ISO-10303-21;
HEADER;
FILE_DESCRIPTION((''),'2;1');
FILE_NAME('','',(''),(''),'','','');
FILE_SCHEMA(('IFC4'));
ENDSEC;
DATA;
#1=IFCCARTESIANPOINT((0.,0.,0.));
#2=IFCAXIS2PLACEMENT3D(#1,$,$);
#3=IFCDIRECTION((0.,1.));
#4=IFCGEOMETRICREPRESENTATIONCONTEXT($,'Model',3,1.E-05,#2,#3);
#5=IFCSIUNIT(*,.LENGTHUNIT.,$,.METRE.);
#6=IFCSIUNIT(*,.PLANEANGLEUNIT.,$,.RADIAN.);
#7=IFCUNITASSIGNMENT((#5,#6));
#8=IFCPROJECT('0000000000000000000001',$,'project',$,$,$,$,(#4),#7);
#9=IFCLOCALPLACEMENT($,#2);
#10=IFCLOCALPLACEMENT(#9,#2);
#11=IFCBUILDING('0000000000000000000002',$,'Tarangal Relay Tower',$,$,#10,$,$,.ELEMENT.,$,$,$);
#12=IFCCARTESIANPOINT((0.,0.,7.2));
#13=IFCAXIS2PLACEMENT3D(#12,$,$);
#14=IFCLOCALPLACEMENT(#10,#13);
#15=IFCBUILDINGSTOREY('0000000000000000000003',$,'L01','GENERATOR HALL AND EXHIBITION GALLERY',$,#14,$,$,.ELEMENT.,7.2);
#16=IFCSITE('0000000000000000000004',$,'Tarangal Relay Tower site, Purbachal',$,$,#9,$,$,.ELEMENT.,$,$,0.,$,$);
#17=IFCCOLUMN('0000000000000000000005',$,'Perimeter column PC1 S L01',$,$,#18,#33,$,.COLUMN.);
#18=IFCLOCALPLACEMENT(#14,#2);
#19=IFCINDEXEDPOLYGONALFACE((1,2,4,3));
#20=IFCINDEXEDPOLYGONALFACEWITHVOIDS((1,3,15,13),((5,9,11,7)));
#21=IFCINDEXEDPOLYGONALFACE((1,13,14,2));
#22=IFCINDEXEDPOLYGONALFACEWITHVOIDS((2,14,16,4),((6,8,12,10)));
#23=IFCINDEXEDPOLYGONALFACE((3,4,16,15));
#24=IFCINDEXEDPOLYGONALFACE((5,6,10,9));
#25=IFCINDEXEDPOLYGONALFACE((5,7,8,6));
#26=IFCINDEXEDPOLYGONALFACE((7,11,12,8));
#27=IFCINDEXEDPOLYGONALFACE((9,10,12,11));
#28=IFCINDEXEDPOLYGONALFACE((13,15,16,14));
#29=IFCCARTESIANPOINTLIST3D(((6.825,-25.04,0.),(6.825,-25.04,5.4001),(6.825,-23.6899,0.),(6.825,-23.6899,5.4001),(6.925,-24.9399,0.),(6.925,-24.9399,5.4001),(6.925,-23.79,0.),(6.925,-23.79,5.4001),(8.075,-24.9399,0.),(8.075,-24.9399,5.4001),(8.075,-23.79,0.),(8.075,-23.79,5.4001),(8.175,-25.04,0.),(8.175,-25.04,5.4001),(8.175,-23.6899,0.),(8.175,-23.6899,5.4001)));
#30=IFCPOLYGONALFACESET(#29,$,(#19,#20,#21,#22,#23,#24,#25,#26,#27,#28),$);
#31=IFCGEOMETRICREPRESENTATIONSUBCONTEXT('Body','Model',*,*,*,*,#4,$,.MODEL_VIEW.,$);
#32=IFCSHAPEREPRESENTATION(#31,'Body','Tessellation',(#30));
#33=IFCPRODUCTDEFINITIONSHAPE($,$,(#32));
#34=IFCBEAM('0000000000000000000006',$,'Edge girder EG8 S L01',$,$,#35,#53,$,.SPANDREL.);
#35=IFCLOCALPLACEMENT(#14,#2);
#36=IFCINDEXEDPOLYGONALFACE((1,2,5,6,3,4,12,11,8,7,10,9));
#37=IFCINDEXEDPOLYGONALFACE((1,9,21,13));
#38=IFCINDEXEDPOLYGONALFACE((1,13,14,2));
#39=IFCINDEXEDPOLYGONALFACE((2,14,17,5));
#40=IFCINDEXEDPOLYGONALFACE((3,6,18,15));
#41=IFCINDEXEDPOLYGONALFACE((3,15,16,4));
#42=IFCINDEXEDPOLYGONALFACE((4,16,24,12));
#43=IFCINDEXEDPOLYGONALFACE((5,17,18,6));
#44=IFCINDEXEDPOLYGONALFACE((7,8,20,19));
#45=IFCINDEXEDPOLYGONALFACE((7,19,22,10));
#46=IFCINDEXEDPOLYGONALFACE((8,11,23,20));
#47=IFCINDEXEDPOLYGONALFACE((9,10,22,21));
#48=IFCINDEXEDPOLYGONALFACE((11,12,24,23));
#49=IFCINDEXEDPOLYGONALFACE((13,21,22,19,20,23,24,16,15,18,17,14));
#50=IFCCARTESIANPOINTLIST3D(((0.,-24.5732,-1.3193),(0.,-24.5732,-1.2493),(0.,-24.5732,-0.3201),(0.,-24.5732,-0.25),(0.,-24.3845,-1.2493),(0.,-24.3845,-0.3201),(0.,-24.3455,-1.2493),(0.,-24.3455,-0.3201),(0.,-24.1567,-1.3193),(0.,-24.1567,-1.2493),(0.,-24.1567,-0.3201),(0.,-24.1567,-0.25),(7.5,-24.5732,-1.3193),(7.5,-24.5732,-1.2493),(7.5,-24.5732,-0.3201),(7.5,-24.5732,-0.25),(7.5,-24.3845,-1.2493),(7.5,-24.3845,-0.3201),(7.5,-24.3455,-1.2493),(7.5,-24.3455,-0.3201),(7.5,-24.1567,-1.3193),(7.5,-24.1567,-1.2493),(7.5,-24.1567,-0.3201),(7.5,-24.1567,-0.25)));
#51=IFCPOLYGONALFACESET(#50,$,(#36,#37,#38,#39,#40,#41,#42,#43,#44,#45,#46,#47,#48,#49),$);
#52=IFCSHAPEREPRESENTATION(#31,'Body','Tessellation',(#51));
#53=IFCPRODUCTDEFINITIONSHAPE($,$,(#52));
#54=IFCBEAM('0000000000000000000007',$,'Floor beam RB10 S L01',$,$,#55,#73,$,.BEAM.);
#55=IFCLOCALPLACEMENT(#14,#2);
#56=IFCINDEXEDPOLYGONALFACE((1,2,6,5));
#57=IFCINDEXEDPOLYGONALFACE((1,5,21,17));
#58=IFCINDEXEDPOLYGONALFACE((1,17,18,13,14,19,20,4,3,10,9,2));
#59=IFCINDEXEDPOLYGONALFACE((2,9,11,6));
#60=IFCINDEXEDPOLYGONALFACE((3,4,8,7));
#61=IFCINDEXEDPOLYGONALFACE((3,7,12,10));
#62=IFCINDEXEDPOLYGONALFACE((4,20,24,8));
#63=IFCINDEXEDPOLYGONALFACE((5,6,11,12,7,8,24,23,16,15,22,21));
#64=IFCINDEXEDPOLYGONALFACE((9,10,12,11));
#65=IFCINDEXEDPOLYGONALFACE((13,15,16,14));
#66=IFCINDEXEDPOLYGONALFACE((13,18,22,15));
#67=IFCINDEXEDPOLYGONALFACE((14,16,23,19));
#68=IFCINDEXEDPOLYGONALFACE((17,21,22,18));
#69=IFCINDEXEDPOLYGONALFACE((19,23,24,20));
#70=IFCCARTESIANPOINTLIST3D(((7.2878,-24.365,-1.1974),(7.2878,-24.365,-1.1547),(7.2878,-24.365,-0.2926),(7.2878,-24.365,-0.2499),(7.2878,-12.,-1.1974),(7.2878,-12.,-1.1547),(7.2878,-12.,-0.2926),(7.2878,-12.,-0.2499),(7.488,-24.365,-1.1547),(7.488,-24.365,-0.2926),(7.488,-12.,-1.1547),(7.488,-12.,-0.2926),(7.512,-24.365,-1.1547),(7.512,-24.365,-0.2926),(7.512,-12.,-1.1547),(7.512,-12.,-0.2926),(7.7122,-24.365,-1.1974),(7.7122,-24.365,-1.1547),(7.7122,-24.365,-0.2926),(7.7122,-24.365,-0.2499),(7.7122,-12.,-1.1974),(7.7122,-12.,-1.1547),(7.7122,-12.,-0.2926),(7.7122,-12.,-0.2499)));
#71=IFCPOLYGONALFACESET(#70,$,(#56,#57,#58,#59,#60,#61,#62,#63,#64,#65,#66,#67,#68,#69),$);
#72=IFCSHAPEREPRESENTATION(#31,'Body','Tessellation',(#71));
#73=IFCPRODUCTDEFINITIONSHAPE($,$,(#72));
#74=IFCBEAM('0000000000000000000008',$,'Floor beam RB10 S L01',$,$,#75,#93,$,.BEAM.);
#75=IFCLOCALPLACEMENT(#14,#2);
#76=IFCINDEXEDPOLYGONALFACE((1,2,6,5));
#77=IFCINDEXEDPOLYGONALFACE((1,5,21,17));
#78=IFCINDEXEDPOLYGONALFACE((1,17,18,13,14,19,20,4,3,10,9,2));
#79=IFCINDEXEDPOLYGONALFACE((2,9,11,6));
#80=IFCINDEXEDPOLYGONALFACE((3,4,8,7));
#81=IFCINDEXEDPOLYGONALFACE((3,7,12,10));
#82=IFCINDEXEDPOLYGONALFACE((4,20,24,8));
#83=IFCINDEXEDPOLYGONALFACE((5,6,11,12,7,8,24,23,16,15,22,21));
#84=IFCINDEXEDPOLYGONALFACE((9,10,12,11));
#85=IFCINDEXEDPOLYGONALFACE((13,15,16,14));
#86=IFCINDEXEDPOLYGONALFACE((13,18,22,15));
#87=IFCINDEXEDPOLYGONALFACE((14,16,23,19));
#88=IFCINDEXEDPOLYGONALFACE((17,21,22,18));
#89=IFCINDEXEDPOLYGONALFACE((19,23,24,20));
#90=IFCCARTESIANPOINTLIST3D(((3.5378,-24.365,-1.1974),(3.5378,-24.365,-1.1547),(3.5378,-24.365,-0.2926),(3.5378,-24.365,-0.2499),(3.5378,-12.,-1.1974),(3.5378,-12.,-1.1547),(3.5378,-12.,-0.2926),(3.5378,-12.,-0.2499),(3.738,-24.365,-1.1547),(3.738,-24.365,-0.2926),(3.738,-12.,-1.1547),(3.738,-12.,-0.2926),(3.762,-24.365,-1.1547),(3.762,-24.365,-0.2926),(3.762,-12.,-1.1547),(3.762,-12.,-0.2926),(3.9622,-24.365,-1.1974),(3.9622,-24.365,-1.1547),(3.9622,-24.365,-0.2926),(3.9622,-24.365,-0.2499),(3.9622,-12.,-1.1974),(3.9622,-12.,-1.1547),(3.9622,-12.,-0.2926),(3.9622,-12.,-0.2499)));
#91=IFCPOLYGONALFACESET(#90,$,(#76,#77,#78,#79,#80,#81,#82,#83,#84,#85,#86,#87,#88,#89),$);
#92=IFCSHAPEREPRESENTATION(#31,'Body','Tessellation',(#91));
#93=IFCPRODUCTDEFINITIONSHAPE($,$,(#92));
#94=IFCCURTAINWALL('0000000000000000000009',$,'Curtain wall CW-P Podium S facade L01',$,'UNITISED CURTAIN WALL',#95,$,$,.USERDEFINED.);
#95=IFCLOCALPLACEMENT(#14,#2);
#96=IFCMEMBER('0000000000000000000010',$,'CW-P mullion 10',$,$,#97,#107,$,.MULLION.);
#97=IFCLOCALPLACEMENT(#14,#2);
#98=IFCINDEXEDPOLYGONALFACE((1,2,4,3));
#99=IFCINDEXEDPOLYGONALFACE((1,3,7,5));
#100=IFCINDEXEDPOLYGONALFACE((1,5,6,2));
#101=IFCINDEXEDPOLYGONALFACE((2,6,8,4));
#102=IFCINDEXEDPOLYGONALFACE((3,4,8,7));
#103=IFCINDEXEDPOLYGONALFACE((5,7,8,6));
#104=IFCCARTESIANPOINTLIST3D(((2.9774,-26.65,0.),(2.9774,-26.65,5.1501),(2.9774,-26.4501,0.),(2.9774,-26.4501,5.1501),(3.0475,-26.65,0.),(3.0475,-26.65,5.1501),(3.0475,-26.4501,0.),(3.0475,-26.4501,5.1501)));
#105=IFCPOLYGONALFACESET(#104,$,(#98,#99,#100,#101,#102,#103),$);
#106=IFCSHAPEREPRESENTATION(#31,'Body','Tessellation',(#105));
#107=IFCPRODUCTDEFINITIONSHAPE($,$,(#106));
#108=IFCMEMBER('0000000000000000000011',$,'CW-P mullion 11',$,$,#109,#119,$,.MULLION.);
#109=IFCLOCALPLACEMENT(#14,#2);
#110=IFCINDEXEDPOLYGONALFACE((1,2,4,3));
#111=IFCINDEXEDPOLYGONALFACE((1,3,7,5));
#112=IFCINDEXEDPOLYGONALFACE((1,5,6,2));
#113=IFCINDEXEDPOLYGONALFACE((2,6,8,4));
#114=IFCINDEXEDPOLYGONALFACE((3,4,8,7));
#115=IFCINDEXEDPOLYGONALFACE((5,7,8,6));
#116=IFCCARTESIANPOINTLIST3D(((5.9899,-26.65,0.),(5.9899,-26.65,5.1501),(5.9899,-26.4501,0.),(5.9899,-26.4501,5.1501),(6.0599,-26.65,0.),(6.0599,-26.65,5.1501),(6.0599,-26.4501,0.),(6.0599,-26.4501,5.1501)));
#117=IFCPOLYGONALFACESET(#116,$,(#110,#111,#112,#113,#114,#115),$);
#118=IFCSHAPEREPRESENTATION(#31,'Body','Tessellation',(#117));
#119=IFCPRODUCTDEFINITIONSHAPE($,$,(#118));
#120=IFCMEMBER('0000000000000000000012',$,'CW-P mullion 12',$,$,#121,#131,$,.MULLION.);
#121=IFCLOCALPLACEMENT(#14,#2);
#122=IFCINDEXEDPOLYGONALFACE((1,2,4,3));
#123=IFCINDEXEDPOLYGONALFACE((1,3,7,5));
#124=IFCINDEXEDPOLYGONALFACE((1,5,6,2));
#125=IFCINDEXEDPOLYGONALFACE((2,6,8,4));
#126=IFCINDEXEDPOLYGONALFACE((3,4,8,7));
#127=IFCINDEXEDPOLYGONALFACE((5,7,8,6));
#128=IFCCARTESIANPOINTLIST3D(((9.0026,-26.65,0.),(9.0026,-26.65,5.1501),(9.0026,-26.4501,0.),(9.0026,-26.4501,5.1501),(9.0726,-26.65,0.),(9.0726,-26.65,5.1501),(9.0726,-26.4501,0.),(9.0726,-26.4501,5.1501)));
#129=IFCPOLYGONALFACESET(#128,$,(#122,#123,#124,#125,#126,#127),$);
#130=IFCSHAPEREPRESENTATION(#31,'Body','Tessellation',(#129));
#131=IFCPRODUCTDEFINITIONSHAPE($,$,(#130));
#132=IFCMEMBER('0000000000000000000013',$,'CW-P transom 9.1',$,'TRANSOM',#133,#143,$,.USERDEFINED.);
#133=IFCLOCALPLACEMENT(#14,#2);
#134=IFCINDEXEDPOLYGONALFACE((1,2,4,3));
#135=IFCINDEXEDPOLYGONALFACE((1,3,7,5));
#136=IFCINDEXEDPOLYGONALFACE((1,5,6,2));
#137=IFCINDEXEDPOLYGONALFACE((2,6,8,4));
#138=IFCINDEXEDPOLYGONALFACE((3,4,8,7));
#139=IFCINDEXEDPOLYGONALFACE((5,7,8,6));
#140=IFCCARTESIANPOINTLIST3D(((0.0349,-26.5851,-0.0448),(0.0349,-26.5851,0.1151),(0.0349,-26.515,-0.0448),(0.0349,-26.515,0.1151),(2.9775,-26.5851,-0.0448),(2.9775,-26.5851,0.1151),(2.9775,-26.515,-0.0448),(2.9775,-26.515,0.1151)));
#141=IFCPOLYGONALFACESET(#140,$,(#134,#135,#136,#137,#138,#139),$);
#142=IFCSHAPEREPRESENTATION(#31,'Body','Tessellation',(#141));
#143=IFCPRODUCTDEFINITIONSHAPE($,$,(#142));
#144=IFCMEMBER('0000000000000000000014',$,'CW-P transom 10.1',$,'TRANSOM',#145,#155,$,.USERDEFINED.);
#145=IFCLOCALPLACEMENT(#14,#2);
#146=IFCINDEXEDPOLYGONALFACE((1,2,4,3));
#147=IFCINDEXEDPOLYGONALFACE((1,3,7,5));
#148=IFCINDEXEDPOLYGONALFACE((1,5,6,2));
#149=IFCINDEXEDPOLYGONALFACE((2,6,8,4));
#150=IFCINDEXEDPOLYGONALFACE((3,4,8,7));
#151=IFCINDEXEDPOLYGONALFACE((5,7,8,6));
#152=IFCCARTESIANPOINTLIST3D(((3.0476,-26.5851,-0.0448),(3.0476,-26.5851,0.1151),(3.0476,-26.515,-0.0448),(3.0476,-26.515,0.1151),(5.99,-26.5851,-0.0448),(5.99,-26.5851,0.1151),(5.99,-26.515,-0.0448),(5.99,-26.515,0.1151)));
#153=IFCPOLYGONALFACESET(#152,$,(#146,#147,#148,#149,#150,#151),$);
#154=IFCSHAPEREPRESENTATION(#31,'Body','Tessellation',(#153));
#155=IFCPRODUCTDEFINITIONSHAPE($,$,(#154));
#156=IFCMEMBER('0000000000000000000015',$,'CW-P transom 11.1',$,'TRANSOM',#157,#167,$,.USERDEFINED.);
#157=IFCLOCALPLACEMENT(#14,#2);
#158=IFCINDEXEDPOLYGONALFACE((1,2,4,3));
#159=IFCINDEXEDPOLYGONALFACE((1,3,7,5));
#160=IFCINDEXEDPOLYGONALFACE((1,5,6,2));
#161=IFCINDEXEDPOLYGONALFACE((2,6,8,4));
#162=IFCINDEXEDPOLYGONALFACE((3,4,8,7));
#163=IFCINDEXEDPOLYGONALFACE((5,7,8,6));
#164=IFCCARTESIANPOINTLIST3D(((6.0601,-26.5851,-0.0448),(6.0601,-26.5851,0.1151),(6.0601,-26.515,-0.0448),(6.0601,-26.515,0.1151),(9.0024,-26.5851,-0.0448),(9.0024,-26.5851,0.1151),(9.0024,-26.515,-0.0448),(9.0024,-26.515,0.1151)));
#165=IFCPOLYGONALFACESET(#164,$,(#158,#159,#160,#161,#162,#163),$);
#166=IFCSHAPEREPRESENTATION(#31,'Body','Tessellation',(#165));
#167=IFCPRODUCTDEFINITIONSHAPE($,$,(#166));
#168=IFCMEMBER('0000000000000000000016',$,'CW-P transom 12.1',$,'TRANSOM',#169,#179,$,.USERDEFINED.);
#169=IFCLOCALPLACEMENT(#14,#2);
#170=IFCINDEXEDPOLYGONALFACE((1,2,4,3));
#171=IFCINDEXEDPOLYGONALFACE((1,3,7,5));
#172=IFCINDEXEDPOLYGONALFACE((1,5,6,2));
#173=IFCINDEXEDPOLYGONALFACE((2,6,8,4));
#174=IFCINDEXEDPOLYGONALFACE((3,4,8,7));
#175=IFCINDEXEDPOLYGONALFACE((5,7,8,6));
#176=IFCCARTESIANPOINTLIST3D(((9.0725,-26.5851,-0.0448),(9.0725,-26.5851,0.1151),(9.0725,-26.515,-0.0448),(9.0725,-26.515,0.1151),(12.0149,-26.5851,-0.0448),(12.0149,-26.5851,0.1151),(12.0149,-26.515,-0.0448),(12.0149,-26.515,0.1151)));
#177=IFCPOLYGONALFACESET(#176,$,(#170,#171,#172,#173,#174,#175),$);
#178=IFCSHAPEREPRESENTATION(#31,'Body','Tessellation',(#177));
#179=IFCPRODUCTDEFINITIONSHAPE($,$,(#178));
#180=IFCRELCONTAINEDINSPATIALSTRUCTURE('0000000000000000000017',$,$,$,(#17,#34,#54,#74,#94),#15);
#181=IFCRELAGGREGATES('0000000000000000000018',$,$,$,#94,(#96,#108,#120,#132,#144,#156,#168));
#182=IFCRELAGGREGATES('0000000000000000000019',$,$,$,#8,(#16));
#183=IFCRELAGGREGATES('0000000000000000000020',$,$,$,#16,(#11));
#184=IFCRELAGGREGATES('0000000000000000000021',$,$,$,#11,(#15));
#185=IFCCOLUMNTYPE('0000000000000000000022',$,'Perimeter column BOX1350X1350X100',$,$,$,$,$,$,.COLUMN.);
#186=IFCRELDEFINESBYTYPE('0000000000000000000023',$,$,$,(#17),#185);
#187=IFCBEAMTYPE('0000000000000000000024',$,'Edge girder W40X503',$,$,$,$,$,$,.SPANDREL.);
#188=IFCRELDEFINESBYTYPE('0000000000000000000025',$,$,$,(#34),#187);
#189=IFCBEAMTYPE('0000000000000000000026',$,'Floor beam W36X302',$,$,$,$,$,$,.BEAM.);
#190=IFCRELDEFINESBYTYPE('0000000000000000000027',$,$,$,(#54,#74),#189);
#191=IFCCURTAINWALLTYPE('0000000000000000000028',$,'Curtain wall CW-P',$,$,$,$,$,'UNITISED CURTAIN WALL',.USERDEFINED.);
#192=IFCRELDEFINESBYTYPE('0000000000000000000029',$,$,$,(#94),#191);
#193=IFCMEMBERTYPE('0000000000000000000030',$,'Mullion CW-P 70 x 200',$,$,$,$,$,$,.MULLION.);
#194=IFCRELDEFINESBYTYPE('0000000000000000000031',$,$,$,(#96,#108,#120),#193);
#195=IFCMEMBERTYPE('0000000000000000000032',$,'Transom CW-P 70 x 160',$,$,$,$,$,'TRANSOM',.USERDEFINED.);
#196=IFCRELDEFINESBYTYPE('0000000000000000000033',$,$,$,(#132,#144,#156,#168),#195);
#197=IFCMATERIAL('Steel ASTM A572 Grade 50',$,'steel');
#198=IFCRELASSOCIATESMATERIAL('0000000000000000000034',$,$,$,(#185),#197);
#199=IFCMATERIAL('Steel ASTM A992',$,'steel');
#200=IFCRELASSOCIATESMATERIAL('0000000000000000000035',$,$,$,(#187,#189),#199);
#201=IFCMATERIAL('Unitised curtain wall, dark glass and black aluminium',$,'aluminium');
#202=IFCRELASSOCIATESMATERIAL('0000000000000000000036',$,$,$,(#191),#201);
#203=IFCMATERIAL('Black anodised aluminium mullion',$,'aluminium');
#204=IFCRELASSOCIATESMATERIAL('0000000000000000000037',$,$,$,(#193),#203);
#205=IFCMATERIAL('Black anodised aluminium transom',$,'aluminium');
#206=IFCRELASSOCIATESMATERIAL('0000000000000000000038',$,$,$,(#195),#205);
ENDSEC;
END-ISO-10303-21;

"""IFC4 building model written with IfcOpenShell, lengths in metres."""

from ifc_helpers import new_model, si_unit, direction, frame, origin, origin_2d, place, context, subcontext, project, spatial, rectangle, hollow_rectangle, i_section, extrude, material, material_profile, profile_set, type_object, element, aggregate, save


model = new_model("IFC4")

# Units and contexts
model_context = context("Model", 3, precision=1e-05, world=origin(), true_north=direction((0.0, 1.0)))
body_context = subcontext(model_context, "Body", "Model", "MODEL_VIEW")
ifc_project = project(units=[si_unit("LENGTHUNIT", "METRE"), si_unit("PLANEANGLEUNIT", "RADIAN")], contexts=[model_context])

# Site, building, storey
site_placement = place(None, origin())
site = spatial("IfcSite", under=ifc_project, at=site_placement, Name="Tarangal Relay Tower site, Purbachal", CompositionType="ELEMENT", RefElevation=0.0)
building_placement = place(site_placement, origin())
building = spatial("IfcBuilding", under=site, at=building_placement, Name="Tarangal Relay Tower", CompositionType="ELEMENT")
storey_placement = place(building_placement, frame((0.0, 0.0, 7.2)))
storey = spatial("IfcBuildingStorey", under=building, at=storey_placement, Name="L01", Description="GENERATOR HALL AND EXHIBITION GALLERY", CompositionType="ELEMENT", Elevation=7.2)

# Column
ifc_material_1 = material(Name="Steel ASTM A572 Grade 50", Category="steel")
ifc_material_profile_1 = material_profile(ifc_material_1, hollow_rectangle(XDim=1.3501, YDim=1.3501, WallThickness=0.1001, at=origin_2d()), Name="BOX1350X1350X100")
ifc_profile_set_1 = profile_set([ifc_material_profile_1], Name="Steel ASTM A572 Grade 50")
column_type = type_object("IfcColumnType", Name="Perimeter column BOX1350X1350X100", PredefinedType="COLUMN", material=ifc_profile_set_1)
column_placement = place(storey_placement, frame((7.5, -24.365, 0.0), z_axis=(0.0, 0.0, 1.0), x_axis=(1.0, 0.0, 0.0)))
element("IfcColumn", 1, at=column_placement, inside=storey, type_object=column_type, Name="Perimeter column PC1 S L01", PredefinedType="COLUMN", context=body_context, shape_type="SweptSolid", body=[
    extrude(hollow_rectangle(XDim=1.3501, YDim=1.3501, WallThickness=0.1001, at=origin_2d()), origin(), (0.0, 0.0, 1.0), 5.4001),
])

# Beams
ifc_material_2 = material(Name="Steel ASTM A992", Category="steel")
ifc_material_profile_2 = material_profile(ifc_material_2, i_section(OverallWidth=0.4165, OverallDepth=1.0693, WebThickness=0.0391, FlangeThickness=0.0701, at=origin_2d()), Name="W40X503")
ifc_profile_set_2 = profile_set([ifc_material_profile_2], Name="Steel ASTM A992")
beam_type_1 = type_object("IfcBeamType", Name="Edge girder W40X503", PredefinedType="SPANDREL", material=ifc_profile_set_2)
beam_placement = place(storey_placement, frame((7.5, -24.365, -0.7847), z_axis=(-1.0, 0.0, 0.0), x_axis=(0.0, -1.0, 0.0)))
element("IfcBeam", 2, at=beam_placement, inside=storey, type_object=beam_type_1, Name="Edge girder EG8 S L01", PredefinedType="SPANDREL", context=body_context, shape_type="SweptSolid", body=[
    extrude(i_section(OverallWidth=0.4165, OverallDepth=1.0693, WebThickness=0.0391, FlangeThickness=0.0701, at=origin_2d()), origin(), (0.0, 0.0, 1.0), 7.5),
])
ifc_material_profile_3 = material_profile(ifc_material_2, i_section(OverallWidth=0.4243, OverallDepth=0.9475, WebThickness=0.0239, FlangeThickness=0.0427, at=origin_2d()), Name="W36X302")
ifc_profile_set_3 = profile_set([ifc_material_profile_3], Name="Steel ASTM A992")
beam_type_2 = type_object("IfcBeamType", Name="Floor beam W36X302", PredefinedType="BEAM", material=ifc_profile_set_3)
for number, where, z_axis, x_axis, name in (
    (3, (7.5, -12.0, -0.7236), (0.0, -1.0, 0.0), (1.0, 0.0, 0.0), "Floor beam RB10 S L01"),
    (4, (3.75, -12.0, -0.7236), (0.0, -1.0, 0.0), (1.0, 0.0, 0.0), "Floor beam RB10 S L01"),
):
    element("IfcBeam", number, at=place(storey_placement, frame(where, z_axis=z_axis, x_axis=x_axis)), inside=storey, type_object=beam_type_2, Name=name, PredefinedType="BEAM", context=body_context, shape_type="SweptSolid", body=[
        extrude(i_section(OverallWidth=0.4243, OverallDepth=0.9475, WebThickness=0.0239, FlangeThickness=0.0427, at=origin_2d()), origin(), (0.0, 0.0, 1.0), 12.365),
    ])

# Curtain wall, members
ifc_material_3 = material(Name="Unitised curtain wall, dark glass and black aluminium", Category="aluminium")
curtain_wall_type = type_object("IfcCurtainWallType", Name="Curtain wall CW-P", ElementType="UNITISED CURTAIN WALL", PredefinedType="USERDEFINED", material=ifc_material_3)
curtain_wall_placement = place(storey_placement, origin())
curtain_wall = element("IfcCurtainWall", 5, at=curtain_wall_placement, inside=storey, type_object=curtain_wall_type, Name="Curtain wall CW-P Podium S facade L01", ObjectType="UNITISED CURTAIN WALL", PredefinedType="USERDEFINED")
ifc_material_4 = material(Name="Black anodised aluminium mullion", Category="aluminium")
ifc_material_profile_4 = material_profile(ifc_material_4, rectangle(XDim=0.2, YDim=0.0701, at=origin_2d()), Name="CW-PM 70X200")
ifc_profile_set_4 = profile_set([ifc_material_profile_4], Name="Black anodised aluminium mullion")
member_type_1 = type_object("IfcMemberType", Name="Mullion CW-P 70 x 200", PredefinedType="MULLION", material=ifc_profile_set_4)
member_1_placement = place(storey_placement, frame((3.0125, -26.55, 0.0), z_axis=(0.0, 0.0, 1.0), x_axis=(0.0, 1.0, 0.0)))
member_1 = element("IfcMember", 6, at=member_1_placement, type_object=member_type_1, Name="CW-P mullion 10", PredefinedType="MULLION", context=body_context, shape_type="SweptSolid", body=[
    extrude(rectangle(XDim=0.2, YDim=0.0701, at=origin_2d()), origin(), (0.0, 0.0, 1.0), 5.1501),
])
member_2_placement = place(storey_placement, frame((6.0249, -26.55, 0.0), z_axis=(0.0, 0.0, 1.0), x_axis=(0.0, 1.0, 0.0)))
member_2 = element("IfcMember", 7, at=member_2_placement, type_object=member_type_1, Name="CW-P mullion 11", PredefinedType="MULLION", context=body_context, shape_type="SweptSolid", body=[
    extrude(rectangle(XDim=0.2, YDim=0.0701, at=origin_2d()), origin(), (0.0, 0.0, 1.0), 5.1501),
])
member_3_placement = place(storey_placement, frame((9.0376, -26.55, 0.0), z_axis=(0.0, 0.0, 1.0), x_axis=(0.0, 1.0, 0.0)))
member_3 = element("IfcMember", 8, at=member_3_placement, type_object=member_type_1, Name="CW-P mullion 12", PredefinedType="MULLION", context=body_context, shape_type="SweptSolid", body=[
    extrude(rectangle(XDim=0.2, YDim=0.0701, at=origin_2d()), origin(), (0.0, 0.0, 1.0), 5.1501),
])
ifc_material_5 = material(Name="Black anodised aluminium transom", Category="aluminium")
ifc_material_profile_5 = material_profile(ifc_material_5, rectangle(XDim=0.0701, YDim=0.1599, at=origin_2d()), Name="CW-PT 70X160")
ifc_profile_set_5 = profile_set([ifc_material_profile_5], Name="Black anodised aluminium transom")
member_type_2 = type_object("IfcMemberType", Name="Transom CW-P 70 x 160", ElementType="TRANSOM", PredefinedType="USERDEFINED", material=ifc_profile_set_5)
member_4_placement = place(storey_placement, frame((0.0349, -26.55, 0.0352), z_axis=(1.0, 0.0, 0.0), x_axis=(0.0, 1.0, 0.0)))
member_4 = element("IfcMember", 9, at=member_4_placement, type_object=member_type_2, Name="CW-P transom 9.1", ObjectType="TRANSOM", PredefinedType="USERDEFINED", context=body_context, shape_type="SweptSolid", body=[
    extrude(rectangle(XDim=0.0701, YDim=0.1599, at=origin_2d()), origin(), (0.0, 0.0, 1.0), 2.9426),
])
member_5_placement = place(storey_placement, frame((3.0476, -26.55, 0.0352), z_axis=(1.0, 0.0, 0.0), x_axis=(0.0, 1.0, 0.0)))
member_5 = element("IfcMember", 10, at=member_5_placement, type_object=member_type_2, Name="CW-P transom 10.1", ObjectType="TRANSOM", PredefinedType="USERDEFINED", context=body_context, shape_type="SweptSolid", body=[
    extrude(rectangle(XDim=0.0701, YDim=0.1599, at=origin_2d()), origin(), (0.0, 0.0, 1.0), 2.9424),
])
member_6_placement = place(storey_placement, frame((6.0601, -26.55, 0.0352), z_axis=(1.0, 0.0, 0.0), x_axis=(0.0, 1.0, 0.0)))
member_6 = element("IfcMember", 11, at=member_6_placement, type_object=member_type_2, Name="CW-P transom 11.1", ObjectType="TRANSOM", PredefinedType="USERDEFINED", context=body_context, shape_type="SweptSolid", body=[
    extrude(rectangle(XDim=0.0701, YDim=0.1599, at=origin_2d()), origin(), (0.0, 0.0, 1.0), 2.9424),
])
member_7_placement = place(storey_placement, frame((9.0725, -26.55, 0.0352), z_axis=(1.0, 0.0, 0.0), x_axis=(0.0, 1.0, 0.0)))
member_7 = element("IfcMember", 12, at=member_7_placement, type_object=member_type_2, Name="CW-P transom 12.1", ObjectType="TRANSOM", PredefinedType="USERDEFINED", context=body_context, shape_type="SweptSolid", body=[
    extrude(rectangle(XDim=0.0701, YDim=0.1599, at=origin_2d()), origin(), (0.0, 0.0, 1.0), 2.9424),
])
aggregate(curtain_wall, [member_1, member_2, member_3, member_4, member_5, member_6, member_7])

save(model, "model.ifc")
